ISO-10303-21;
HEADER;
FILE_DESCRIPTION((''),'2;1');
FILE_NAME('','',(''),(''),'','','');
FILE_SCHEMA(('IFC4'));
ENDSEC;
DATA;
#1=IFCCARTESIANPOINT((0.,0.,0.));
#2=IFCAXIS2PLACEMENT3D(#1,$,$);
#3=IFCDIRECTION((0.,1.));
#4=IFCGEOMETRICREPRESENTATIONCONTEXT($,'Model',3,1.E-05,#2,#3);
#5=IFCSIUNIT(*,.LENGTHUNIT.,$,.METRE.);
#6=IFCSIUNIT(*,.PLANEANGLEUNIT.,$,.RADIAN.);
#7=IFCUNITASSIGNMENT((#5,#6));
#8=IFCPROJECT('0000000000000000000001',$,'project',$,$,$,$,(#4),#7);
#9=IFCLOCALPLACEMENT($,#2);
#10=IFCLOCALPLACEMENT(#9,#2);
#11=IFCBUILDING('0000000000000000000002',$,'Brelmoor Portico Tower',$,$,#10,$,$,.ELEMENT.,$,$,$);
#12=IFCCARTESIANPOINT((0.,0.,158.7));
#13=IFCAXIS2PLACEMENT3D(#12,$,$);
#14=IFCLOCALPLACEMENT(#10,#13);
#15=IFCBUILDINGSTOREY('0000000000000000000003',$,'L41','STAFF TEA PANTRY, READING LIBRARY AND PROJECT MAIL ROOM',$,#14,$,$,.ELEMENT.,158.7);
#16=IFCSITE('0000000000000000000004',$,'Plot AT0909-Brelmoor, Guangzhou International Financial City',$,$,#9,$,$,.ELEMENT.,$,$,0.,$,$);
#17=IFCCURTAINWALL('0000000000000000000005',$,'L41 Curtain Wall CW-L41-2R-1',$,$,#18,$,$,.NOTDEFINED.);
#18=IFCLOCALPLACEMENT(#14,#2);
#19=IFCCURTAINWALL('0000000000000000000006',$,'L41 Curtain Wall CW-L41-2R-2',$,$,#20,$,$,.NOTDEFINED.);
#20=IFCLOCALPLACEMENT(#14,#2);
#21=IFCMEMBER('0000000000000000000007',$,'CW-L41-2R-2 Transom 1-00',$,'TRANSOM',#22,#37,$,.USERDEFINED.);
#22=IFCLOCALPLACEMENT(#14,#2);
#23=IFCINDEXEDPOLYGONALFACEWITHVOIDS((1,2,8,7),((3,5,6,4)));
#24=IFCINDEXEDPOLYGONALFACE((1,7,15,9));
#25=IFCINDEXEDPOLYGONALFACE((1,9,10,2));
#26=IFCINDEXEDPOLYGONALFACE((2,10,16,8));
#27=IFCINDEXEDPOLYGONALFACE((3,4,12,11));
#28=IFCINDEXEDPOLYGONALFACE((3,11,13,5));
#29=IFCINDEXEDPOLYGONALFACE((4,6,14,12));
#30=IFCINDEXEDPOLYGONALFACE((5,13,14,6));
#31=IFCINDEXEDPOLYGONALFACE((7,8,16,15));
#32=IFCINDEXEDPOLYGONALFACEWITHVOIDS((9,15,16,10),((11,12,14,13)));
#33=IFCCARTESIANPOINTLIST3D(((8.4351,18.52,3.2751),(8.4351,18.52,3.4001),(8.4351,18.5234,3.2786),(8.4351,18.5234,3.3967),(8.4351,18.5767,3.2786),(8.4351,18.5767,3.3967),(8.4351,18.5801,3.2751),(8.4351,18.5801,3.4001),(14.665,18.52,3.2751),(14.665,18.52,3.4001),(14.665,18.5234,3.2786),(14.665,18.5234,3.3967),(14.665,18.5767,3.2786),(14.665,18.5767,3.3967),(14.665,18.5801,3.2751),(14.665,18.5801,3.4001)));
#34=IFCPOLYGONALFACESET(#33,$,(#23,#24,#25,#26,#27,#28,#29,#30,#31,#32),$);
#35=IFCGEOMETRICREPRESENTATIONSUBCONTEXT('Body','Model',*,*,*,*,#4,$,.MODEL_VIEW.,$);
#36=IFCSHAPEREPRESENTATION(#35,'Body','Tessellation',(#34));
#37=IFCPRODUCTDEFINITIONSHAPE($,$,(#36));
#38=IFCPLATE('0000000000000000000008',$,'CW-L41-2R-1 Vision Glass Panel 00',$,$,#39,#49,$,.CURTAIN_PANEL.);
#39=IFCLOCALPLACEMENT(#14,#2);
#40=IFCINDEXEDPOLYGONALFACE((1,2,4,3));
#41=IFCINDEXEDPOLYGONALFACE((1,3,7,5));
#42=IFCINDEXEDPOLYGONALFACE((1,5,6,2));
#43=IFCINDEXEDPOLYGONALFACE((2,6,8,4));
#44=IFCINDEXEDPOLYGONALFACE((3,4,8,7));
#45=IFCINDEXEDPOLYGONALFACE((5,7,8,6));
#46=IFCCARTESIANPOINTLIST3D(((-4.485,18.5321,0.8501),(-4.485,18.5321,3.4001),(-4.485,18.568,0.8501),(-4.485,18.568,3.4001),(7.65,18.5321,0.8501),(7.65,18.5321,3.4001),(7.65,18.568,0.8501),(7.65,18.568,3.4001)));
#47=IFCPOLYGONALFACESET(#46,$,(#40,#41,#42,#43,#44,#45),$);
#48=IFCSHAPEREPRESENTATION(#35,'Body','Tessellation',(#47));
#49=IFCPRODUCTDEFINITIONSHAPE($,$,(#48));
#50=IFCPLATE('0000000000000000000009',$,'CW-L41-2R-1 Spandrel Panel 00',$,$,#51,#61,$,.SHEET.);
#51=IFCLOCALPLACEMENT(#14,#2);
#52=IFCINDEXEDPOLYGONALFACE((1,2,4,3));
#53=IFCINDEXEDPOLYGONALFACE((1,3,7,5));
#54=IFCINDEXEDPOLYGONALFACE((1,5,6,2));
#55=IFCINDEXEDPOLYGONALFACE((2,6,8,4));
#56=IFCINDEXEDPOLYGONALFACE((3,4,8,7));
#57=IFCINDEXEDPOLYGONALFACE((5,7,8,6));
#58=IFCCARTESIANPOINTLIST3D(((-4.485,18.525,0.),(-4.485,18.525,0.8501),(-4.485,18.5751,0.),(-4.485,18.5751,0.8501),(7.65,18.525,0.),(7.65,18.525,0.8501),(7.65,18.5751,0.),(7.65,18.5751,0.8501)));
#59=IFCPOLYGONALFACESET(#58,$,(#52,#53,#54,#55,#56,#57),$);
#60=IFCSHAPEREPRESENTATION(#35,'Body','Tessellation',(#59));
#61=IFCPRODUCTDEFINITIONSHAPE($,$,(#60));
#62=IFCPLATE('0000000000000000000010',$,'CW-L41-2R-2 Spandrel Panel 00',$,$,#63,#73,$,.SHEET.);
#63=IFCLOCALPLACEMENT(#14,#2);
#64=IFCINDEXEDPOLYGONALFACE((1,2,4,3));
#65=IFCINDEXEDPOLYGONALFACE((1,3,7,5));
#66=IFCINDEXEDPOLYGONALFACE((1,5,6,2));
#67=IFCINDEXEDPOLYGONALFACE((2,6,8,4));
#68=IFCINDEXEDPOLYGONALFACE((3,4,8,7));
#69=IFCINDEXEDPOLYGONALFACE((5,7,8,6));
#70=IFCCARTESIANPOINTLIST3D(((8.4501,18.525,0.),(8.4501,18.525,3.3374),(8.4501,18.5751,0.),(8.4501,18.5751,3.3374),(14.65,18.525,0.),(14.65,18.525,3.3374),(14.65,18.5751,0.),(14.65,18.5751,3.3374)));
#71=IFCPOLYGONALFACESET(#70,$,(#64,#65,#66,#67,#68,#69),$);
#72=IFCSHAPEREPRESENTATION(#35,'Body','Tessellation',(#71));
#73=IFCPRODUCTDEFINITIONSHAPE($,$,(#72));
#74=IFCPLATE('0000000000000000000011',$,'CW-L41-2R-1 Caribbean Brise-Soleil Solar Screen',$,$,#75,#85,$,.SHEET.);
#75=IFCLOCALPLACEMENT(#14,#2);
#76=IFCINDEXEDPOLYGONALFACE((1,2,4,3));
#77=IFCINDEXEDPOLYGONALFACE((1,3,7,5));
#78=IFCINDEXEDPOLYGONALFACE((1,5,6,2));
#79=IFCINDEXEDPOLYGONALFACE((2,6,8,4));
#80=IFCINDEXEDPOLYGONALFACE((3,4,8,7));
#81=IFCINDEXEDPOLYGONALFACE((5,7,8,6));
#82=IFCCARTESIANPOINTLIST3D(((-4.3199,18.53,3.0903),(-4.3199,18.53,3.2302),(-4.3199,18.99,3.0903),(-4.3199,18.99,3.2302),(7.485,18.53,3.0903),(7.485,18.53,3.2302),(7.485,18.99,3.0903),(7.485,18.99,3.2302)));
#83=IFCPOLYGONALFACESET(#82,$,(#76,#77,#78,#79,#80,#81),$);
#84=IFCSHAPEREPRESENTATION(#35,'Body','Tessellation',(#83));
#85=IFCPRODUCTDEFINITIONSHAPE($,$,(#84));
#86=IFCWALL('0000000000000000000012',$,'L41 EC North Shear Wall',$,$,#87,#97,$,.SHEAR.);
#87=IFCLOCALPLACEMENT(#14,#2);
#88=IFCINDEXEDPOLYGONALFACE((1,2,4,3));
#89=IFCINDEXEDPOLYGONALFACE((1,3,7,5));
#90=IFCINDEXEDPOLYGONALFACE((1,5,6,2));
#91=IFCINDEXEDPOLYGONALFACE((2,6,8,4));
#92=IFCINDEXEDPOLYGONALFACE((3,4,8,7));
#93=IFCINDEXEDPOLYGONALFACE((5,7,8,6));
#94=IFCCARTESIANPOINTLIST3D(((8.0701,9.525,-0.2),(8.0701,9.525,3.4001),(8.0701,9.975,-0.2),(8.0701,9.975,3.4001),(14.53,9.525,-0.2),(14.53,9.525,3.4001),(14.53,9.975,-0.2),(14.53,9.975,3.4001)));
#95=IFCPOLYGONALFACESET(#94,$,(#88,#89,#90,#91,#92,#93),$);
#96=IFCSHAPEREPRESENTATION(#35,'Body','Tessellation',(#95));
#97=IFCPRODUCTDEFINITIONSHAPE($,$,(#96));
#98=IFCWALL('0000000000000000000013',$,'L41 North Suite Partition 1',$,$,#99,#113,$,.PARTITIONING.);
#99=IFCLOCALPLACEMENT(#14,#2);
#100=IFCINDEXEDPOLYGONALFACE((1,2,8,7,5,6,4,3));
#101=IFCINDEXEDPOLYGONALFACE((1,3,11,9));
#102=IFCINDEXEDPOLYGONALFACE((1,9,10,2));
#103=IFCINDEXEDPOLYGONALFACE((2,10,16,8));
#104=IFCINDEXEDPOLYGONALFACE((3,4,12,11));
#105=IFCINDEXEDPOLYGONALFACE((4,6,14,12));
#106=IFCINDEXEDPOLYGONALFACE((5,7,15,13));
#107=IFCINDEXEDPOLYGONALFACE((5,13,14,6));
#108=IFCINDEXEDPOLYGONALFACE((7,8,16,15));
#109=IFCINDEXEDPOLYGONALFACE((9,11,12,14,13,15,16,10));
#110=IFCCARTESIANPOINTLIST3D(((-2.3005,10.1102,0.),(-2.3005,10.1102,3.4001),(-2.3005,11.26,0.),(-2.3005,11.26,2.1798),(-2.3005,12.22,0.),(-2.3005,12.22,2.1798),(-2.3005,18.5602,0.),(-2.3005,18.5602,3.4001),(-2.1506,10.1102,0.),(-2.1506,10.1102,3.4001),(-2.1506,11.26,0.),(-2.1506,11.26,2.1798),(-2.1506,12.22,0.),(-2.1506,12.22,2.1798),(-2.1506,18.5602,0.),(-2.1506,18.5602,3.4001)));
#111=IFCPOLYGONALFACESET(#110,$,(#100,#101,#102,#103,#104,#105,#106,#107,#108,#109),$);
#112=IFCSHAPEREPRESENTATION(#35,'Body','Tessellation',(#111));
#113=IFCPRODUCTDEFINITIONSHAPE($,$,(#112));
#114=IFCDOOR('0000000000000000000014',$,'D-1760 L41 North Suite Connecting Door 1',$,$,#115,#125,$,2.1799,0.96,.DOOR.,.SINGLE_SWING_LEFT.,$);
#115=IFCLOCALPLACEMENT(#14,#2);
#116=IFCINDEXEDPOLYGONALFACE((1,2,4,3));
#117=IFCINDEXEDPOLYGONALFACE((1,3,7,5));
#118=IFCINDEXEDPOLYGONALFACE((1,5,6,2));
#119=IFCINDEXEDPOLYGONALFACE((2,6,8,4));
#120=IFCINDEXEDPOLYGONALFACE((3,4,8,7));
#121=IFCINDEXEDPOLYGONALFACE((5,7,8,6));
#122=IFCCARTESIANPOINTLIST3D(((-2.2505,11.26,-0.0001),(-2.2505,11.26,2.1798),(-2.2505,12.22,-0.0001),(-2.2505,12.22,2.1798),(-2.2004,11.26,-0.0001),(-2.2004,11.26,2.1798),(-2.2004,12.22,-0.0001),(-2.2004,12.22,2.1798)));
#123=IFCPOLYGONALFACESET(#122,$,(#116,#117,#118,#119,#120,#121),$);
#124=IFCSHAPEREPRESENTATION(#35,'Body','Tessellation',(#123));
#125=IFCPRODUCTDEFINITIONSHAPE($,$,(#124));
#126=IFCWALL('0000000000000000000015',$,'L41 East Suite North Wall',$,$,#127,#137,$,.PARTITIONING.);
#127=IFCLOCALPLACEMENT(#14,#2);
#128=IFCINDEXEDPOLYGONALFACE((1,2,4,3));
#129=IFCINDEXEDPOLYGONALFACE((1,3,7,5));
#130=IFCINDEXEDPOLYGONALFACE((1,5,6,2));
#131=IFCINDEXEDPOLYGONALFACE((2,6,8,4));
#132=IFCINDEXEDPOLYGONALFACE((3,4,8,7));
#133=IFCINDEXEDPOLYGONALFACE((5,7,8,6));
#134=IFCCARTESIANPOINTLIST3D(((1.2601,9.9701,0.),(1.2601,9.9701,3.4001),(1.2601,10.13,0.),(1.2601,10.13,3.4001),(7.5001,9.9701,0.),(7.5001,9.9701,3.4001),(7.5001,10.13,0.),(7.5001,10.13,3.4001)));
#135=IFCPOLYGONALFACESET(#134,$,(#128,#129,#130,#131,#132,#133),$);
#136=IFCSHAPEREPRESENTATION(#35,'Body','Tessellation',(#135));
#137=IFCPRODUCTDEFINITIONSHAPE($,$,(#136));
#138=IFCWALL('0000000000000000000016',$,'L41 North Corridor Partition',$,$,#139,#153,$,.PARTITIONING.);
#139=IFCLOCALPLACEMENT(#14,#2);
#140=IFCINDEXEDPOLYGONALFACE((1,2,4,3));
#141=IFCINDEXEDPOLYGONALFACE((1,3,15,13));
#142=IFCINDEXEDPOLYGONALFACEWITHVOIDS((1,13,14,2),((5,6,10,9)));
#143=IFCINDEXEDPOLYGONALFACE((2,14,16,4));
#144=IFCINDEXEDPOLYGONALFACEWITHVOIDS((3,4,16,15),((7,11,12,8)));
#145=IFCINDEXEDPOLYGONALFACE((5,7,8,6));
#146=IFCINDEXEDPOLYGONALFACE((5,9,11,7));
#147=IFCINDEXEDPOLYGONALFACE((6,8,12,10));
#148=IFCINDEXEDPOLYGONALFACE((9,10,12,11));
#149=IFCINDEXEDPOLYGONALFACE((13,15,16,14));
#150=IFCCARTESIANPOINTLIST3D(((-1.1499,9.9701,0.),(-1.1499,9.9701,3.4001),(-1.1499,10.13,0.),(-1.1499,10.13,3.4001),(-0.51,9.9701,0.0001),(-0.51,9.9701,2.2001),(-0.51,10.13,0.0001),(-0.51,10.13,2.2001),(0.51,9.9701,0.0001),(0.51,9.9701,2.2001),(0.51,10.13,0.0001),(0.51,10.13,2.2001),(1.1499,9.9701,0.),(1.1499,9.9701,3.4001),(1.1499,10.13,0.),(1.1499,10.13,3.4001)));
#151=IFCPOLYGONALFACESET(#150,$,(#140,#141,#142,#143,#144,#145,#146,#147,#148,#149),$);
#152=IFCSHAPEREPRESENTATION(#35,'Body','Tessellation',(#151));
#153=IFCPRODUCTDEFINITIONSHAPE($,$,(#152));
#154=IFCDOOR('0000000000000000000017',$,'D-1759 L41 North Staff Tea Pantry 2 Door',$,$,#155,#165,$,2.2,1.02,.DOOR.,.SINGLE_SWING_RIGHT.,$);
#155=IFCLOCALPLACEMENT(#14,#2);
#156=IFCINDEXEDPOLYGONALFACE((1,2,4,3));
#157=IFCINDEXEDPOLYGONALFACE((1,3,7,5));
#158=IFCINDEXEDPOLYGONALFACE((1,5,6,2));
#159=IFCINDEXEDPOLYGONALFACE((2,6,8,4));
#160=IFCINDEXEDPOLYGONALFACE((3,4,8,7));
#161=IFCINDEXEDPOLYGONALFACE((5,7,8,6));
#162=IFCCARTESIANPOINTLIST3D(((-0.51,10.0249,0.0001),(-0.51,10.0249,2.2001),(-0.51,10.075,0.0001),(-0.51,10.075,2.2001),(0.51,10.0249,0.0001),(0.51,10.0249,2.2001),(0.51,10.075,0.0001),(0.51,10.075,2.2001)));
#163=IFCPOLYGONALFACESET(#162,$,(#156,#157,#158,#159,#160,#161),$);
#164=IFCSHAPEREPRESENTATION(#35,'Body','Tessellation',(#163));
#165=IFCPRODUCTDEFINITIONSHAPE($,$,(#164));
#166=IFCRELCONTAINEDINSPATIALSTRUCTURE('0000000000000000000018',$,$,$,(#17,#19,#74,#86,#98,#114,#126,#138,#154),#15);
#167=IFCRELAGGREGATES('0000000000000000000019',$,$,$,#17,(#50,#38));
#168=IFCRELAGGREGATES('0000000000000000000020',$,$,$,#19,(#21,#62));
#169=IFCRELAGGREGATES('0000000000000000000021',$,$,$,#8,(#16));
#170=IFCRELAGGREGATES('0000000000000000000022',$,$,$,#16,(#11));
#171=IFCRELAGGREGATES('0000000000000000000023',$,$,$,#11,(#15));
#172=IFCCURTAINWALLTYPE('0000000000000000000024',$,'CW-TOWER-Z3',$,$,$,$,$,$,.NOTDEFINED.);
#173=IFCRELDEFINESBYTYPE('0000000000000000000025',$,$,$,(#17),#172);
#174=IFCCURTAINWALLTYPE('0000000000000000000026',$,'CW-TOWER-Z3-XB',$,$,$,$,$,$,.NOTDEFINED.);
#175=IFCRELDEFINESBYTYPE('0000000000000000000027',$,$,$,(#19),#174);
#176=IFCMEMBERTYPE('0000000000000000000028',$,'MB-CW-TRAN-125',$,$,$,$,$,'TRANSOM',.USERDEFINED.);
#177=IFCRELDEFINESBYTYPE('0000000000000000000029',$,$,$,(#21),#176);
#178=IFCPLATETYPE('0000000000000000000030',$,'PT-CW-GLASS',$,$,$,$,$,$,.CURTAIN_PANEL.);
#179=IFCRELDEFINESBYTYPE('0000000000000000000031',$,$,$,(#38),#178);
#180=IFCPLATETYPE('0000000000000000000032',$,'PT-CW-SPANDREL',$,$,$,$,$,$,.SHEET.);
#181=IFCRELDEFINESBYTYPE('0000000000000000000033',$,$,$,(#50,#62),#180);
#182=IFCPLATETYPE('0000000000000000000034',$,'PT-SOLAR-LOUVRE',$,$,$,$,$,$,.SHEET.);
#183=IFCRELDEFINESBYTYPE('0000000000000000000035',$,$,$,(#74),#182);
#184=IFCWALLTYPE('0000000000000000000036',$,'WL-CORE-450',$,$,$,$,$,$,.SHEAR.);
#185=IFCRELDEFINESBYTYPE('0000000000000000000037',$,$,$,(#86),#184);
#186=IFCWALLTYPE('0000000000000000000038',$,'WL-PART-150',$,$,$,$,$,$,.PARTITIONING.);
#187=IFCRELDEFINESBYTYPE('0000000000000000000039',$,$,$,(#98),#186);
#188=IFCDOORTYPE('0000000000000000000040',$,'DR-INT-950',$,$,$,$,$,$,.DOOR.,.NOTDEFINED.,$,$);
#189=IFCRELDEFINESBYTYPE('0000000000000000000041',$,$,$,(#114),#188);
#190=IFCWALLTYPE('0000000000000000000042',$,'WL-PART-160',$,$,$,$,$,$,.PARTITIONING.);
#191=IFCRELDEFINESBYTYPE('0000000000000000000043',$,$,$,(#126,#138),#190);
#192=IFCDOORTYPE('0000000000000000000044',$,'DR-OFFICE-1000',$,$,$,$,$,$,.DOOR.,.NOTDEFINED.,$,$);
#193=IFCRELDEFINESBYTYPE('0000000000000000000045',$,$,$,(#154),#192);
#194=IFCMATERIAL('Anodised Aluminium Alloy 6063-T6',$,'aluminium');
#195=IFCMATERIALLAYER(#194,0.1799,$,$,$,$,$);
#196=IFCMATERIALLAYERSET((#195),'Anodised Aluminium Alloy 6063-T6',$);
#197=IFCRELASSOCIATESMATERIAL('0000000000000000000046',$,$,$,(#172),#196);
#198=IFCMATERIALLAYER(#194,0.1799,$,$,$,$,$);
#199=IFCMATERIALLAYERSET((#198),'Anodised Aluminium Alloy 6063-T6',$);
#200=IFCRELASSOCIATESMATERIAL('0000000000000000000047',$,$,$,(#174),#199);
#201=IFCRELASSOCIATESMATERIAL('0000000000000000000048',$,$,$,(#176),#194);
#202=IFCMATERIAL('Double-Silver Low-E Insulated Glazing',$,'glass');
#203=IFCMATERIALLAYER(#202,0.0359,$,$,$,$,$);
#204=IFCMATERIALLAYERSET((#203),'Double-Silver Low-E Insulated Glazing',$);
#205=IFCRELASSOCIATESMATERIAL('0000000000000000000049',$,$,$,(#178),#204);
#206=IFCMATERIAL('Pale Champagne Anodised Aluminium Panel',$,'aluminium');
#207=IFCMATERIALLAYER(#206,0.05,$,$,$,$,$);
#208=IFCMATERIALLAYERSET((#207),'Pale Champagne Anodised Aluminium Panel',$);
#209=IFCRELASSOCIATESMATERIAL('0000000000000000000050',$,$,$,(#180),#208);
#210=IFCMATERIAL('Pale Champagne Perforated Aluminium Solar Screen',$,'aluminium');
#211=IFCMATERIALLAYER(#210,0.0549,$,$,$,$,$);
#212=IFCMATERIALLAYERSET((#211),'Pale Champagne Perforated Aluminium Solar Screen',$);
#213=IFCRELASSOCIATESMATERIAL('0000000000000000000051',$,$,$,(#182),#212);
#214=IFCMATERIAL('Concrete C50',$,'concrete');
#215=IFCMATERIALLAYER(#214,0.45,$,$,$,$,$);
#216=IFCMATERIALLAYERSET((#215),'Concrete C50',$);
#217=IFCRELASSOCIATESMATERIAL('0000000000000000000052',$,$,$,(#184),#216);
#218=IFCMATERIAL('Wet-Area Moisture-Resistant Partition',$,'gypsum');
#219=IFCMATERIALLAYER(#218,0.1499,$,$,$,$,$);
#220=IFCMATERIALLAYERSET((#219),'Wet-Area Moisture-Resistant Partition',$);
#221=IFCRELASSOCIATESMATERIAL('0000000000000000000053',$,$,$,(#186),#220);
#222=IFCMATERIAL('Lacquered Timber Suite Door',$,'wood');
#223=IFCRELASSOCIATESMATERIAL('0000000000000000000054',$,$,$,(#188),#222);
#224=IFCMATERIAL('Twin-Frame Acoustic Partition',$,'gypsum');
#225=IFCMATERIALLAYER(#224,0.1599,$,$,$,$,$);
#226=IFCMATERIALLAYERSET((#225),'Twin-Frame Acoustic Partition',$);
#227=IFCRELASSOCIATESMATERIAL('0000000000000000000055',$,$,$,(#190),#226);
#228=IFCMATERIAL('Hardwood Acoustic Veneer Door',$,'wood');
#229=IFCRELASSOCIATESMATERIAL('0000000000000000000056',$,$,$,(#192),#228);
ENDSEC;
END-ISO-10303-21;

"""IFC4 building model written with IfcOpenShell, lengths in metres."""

from ifc_helpers import new_model, si_unit, direction, frame, frame_2d, origin, origin_2d, place, context, subcontext, project, spatial, rectangle, hollow_rectangle, extrude, material, layer, layer_set, material_profile, profile_set, type_object, element, fill, aggregate, save


model = new_model("IFC4")

# Units and contexts
model_context = context("Model", 3, precision=1e-05, world=origin(), true_north=direction((0.0, 1.0)))
body_context = subcontext(model_context, "Body", "Model", "MODEL_VIEW")
ifc_project = project(units=[si_unit("LENGTHUNIT", "METRE"), si_unit("PLANEANGLEUNIT", "RADIAN")], contexts=[model_context])

# Site, building, storey
site_placement = place(None, origin())
site = spatial("IfcSite", under=ifc_project, at=site_placement, Name="Plot AT0909-Brelmoor, Guangzhou International Financial City", CompositionType="ELEMENT", RefElevation=0.0)
building_placement = place(site_placement, origin())
building = spatial("IfcBuilding", under=site, at=building_placement, Name="Brelmoor Portico Tower", CompositionType="ELEMENT")
storey_placement = place(building_placement, frame((0.0, 0.0, 158.7)))
storey = spatial("IfcBuildingStorey", under=building, at=storey_placement, Name="L41", Description="STAFF TEA PANTRY, READING LIBRARY AND PROJECT MAIL ROOM", CompositionType="ELEMENT", Elevation=158.7)

# Curtain wall
ifc_material_1 = material(Name="Anodised Aluminium Alloy 6063-T6", Category="aluminium")
ifc_layer_1 = layer(ifc_material_1, 0.1799)
ifc_layer_set_1 = layer_set([ifc_layer_1], Name="Anodised Aluminium Alloy 6063-T6")
curtain_wall_type_1 = type_object("IfcCurtainWallType", Name="CW-TOWER-Z3", PredefinedType="NOTDEFINED", material=ifc_layer_set_1)
curtain_wall_1_placement = place(storey_placement, origin())
curtain_wall_1 = element("IfcCurtainWall", 1, at=curtain_wall_1_placement, inside=storey, type_object=curtain_wall_type_1, Name="L41 Curtain Wall CW-L41-2R-1", PredefinedType="NOTDEFINED")

# Curtain wall
ifc_layer_2 = layer(ifc_material_1, 0.1799)
ifc_layer_set_2 = layer_set([ifc_layer_2], Name="Anodised Aluminium Alloy 6063-T6")
curtain_wall_type_2 = type_object("IfcCurtainWallType", Name="CW-TOWER-Z3-XB", PredefinedType="NOTDEFINED", material=ifc_layer_set_2)
curtain_wall_2_placement = place(storey_placement, origin())
curtain_wall_2 = element("IfcCurtainWall", 2, at=curtain_wall_2_placement, inside=storey, type_object=curtain_wall_type_2, Name="L41 Curtain Wall CW-L41-2R-2", PredefinedType="NOTDEFINED")

# Member
ifc_material_profile_1 = material_profile(ifc_material_1, hollow_rectangle(XDim=0.0601, YDim=0.125, WallThickness=0.0034, at=origin_2d()), Name="ALU TRANSOM 60x125")
ifc_profile_set_1 = profile_set([ifc_material_profile_1], Name="Anodised Aluminium Alloy 6063-T6")
member_type_1 = type_object("IfcMemberType", Name="MB-CW-TRAN-125", ElementType="TRANSOM", PredefinedType="USERDEFINED", material=ifc_profile_set_1)
member_1_placement = place(storey_placement, frame((8.4351, 18.55, 3.3376), z_axis=(1.0, 0.0, 0.0), x_axis=(0.0, 1.0, 0.0)))
member_1 = element("IfcMember", 3, at=member_1_placement, type_object=member_type_1, Name="CW-L41-2R-2 Transom 1-00", ObjectType="TRANSOM", PredefinedType="USERDEFINED", context=body_context, shape_type="SweptSolid", body=[
    extrude(hollow_rectangle(XDim=0.0601, YDim=0.125, WallThickness=0.0034, at=origin_2d()), origin(), (0.0, 0.0, 1.0), 6.23),
])

# Plates
ifc_material_2 = material(Name="Double-Silver Low-E Insulated Glazing", Category="glass")
ifc_layer_3 = layer(ifc_material_2, 0.0359)
ifc_layer_set_3 = layer_set([ifc_layer_3], Name="Double-Silver Low-E Insulated Glazing")
plate_type_1 = type_object("IfcPlateType", Name="PT-CW-GLASS", PredefinedType="CURTAIN_PANEL", material=ifc_layer_set_3)
plate_1_placement = place(storey_placement, frame((1.5825, 18.55, 0.8501), z_axis=(0.0, 0.0, 1.0), x_axis=(1.0, 0.0, 0.0)))
plate_1 = element("IfcPlate", 4, at=plate_1_placement, type_object=plate_type_1, Name="CW-L41-2R-1 Vision Glass Panel 00", PredefinedType="CURTAIN_PANEL", context=body_context, shape_type="SweptSolid", body=[
    extrude(rectangle(XDim=12.135, YDim=0.0359, at=origin_2d()), origin(), (0.0, 0.0, 1.0), 2.55),
])
ifc_material_3 = material(Name="Pale Champagne Anodised Aluminium Panel", Category="aluminium")
ifc_layer_4 = layer(ifc_material_3, 0.05)
ifc_layer_set_4 = layer_set([ifc_layer_4], Name="Pale Champagne Anodised Aluminium Panel")
plate_type_2 = type_object("IfcPlateType", Name="PT-CW-SPANDREL", PredefinedType="SHEET", material=ifc_layer_set_4)
plate_2_placement = place(storey_placement, frame((1.5825, 18.55, 0.0), z_axis=(0.0, 0.0, 1.0), x_axis=(1.0, 0.0, 0.0)))
plate_2 = element("IfcPlate", 5, at=plate_2_placement, type_object=plate_type_2, Name="CW-L41-2R-1 Spandrel Panel 00", PredefinedType="SHEET", context=body_context, shape_type="SweptSolid", body=[
    extrude(rectangle(XDim=12.135, YDim=0.05, at=origin_2d()), origin(), (0.0, 0.0, 1.0), 0.8501),
])
aggregate(curtain_wall_1, [plate_2, plate_1])
plate_3_placement = place(storey_placement, frame((11.55, 18.55, 0.0), z_axis=(0.0, 0.0, 1.0), x_axis=(1.0, 0.0, 0.0)))
plate_3 = element("IfcPlate", 6, at=plate_3_placement, type_object=plate_type_2, Name="CW-L41-2R-2 Spandrel Panel 00", PredefinedType="SHEET", context=body_context, shape_type="SweptSolid", body=[
    extrude(rectangle(XDim=6.2, YDim=0.05, at=origin_2d()), origin(), (0.0, 0.0, 1.0), 3.3374),
])
aggregate(curtain_wall_2, [member_1, plate_3])
ifc_material_4 = material(Name="Pale Champagne Perforated Aluminium Solar Screen", Category="aluminium")
ifc_layer_5 = layer(ifc_material_4, 0.0549)
ifc_layer_set_5 = layer_set([ifc_layer_5], Name="Pale Champagne Perforated Aluminium Solar Screen")
plate_type_3 = type_object("IfcPlateType", Name="PT-SOLAR-LOUVRE", PredefinedType="SHEET", material=ifc_layer_set_5)
plate_4_placement = place(storey_placement, frame((1.5825, 18.76, 3.0903), z_axis=(0.0, 0.0, 1.0), x_axis=(1.0, 0.0, 0.0)))
element("IfcPlate", 7, at=plate_4_placement, inside=storey, type_object=plate_type_3, Name="CW-L41-2R-1 Caribbean Brise-Soleil Solar Screen", PredefinedType="SHEET", context=body_context, shape_type="SweptSolid", body=[
    extrude(rectangle(XDim=11.8049, YDim=0.46, at=origin_2d()), origin(), (0.0, 0.0, 1.0), 0.1399),
])

# Wall
ifc_material_5 = material(Name="Concrete C50", Category="concrete")
ifc_layer_6 = layer(ifc_material_5, 0.45)
ifc_layer_set_6 = layer_set([ifc_layer_6], Name="Concrete C50")
wall_type_1 = type_object("IfcWallType", Name="WL-CORE-450", PredefinedType="SHEAR", material=ifc_layer_set_6)
wall_1_placement = place(storey_placement, frame((8.0701, 9.75, -0.2), z_axis=(0.0, 0.0, 1.0), x_axis=(1.0, 0.0, 0.0)))
element("IfcWall", 8, at=wall_1_placement, inside=storey, type_object=wall_type_1, Name="L41 EC North Shear Wall", PredefinedType="SHEAR", context=body_context, shape_type="SweptSolid", body=[
    extrude(rectangle(XDim=6.46, YDim=0.45, at=frame_2d((3.23, 0.0))), origin(), (0.0, 0.0, 1.0), 3.6001),
])

# Wall, opening, door
ifc_material_6 = material(Name="Wet-Area Moisture-Resistant Partition", Category="gypsum")
ifc_layer_7 = layer(ifc_material_6, 0.1499)
ifc_layer_set_7 = layer_set([ifc_layer_7], Name="Wet-Area Moisture-Resistant Partition")
wall_type_2 = type_object("IfcWallType", Name="WL-PART-150", PredefinedType="PARTITIONING", material=ifc_layer_set_7)
wall_2_placement = place(storey_placement, frame((-2.2256, 10.1101, 0.0), z_axis=(0.0, 0.0, 1.0), x_axis=(0.0, 1.0, 0.0)))
wall_2 = element("IfcWall", 9, at=wall_2_placement, inside=storey, type_object=wall_type_2, Name="L41 North Suite Partition 1", PredefinedType="PARTITIONING", context=body_context, shape_type="SweptSolid", body=[
    extrude(rectangle(XDim=8.45, YDim=0.1499, at=frame_2d((4.2251, 0.0))), origin(), (0.0, 0.0, 1.0), 3.4001),
])
opening_1_placement = place(wall_2_placement, frame((1.1499, 0.0, 0.0)))
opening_1 = element("IfcOpeningElement", 10, at=opening_1_placement, cuts=wall_2, PredefinedType="OPENING", context=body_context, shape_type="SweptSolid", body=[
    extrude(rectangle(XDim=0.96, YDim=2.1799, at=frame_2d((0.48, 1.0898))), frame((0.0, 0.085, 0.0), z_axis=(0.0, -1.0, 0.0), x_axis=(1.0, 0.0, 0.0)), (0.0, 0.0, 1.0), 0.1699),
])
ifc_material_7 = material(Name="Lacquered Timber Suite Door", Category="wood")
door_type_1 = type_object("IfcDoorType", Name="DR-INT-950", OperationType="NOTDEFINED", PredefinedType="DOOR", material=ifc_material_7)
door_1_placement = place(opening_1_placement, origin())
door_1 = element("IfcDoor", 11, at=door_1_placement, inside=storey, type_object=door_type_1, Name="D-1760 L41 North Suite Connecting Door 1", OperationType="SINGLE_SWING_LEFT", OverallHeight=2.1799, OverallWidth=0.96, PredefinedType="DOOR", context=body_context, shape_type="SweptSolid", body=[
    extrude(rectangle(XDim=0.96, YDim=2.1799, at=frame_2d((0.48, 1.0898))), frame((0.0, 0.0249, 0.0), z_axis=(0.0, -1.0, 0.0), x_axis=(1.0, 0.0, 0.0)), (0.0, 0.0, 1.0), 0.05),
])
fill(opening_1, door_1)

# Wall
ifc_material_8 = material(Name="Twin-Frame Acoustic Partition", Category="gypsum")
ifc_layer_8 = layer(ifc_material_8, 0.1599)
ifc_layer_set_8 = layer_set([ifc_layer_8], Name="Twin-Frame Acoustic Partition")
wall_type_3 = type_object("IfcWallType", Name="WL-PART-160", PredefinedType="PARTITIONING", material=ifc_layer_set_8)
wall_3_placement = place(storey_placement, frame((1.26, 10.05, 0.0), z_axis=(0.0, 0.0, 1.0), x_axis=(1.0, 0.0, 0.0)))
element("IfcWall", 12, at=wall_3_placement, inside=storey, type_object=wall_type_3, Name="L41 East Suite North Wall", PredefinedType="PARTITIONING", context=body_context, shape_type="SweptSolid", body=[
    extrude(rectangle(XDim=6.24, YDim=0.1599, at=frame_2d((3.1201, 0.0))), origin(), (0.0, 0.0, 1.0), 3.4001),
])

# Wall, opening, door
wall_4_placement = place(storey_placement, frame((-1.1499, 10.05, 0.0), z_axis=(0.0, 0.0, 1.0), x_axis=(1.0, 0.0, 0.0)))
wall_4 = element("IfcWall", 13, at=wall_4_placement, inside=storey, type_object=wall_type_3, Name="L41 North Corridor Partition", PredefinedType="PARTITIONING", context=body_context, shape_type="SweptSolid", body=[
    extrude(rectangle(XDim=2.2998, YDim=0.1599, at=frame_2d((1.1499, 0.0))), origin(), (0.0, 0.0, 1.0), 3.4001),
])
opening_2_placement = place(wall_4_placement, frame((0.6399, 0.0, 0.0)))
opening_2 = element("IfcOpeningElement", 14, at=opening_2_placement, cuts=wall_4, PredefinedType="OPENING", context=body_context, shape_type="SweptSolid", body=[
    extrude(rectangle(XDim=1.02, YDim=2.2, at=frame_2d((0.51, 1.1001))), frame((0.0, 0.0898, 0.0), z_axis=(0.0, -1.0, 0.0), x_axis=(1.0, 0.0, 0.0)), (0.0, 0.0, 1.0), 0.1799),
])
ifc_material_9 = material(Name="Hardwood Acoustic Veneer Door", Category="wood")
door_type_2 = type_object("IfcDoorType", Name="DR-OFFICE-1000", OperationType="NOTDEFINED", PredefinedType="DOOR", material=ifc_material_9)
door_2_placement = place(opening_2_placement, origin())
door_2 = element("IfcDoor", 15, at=door_2_placement, inside=storey, type_object=door_type_2, Name="D-1759 L41 North Staff Tea Pantry 2 Door", OperationType="SINGLE_SWING_RIGHT", OverallHeight=2.2, OverallWidth=1.02, PredefinedType="DOOR", context=body_context, shape_type="SweptSolid", body=[
    extrude(rectangle(XDim=1.02, YDim=2.2, at=frame_2d((0.51, 1.1001))), frame((0.0, 0.0249, 0.0), z_axis=(0.0, -1.0, 0.0), x_axis=(1.0, 0.0, 0.0)), (0.0, 0.0, 1.0), 0.05),
])
fill(opening_2, door_2)

save(model, "model.ifc")
